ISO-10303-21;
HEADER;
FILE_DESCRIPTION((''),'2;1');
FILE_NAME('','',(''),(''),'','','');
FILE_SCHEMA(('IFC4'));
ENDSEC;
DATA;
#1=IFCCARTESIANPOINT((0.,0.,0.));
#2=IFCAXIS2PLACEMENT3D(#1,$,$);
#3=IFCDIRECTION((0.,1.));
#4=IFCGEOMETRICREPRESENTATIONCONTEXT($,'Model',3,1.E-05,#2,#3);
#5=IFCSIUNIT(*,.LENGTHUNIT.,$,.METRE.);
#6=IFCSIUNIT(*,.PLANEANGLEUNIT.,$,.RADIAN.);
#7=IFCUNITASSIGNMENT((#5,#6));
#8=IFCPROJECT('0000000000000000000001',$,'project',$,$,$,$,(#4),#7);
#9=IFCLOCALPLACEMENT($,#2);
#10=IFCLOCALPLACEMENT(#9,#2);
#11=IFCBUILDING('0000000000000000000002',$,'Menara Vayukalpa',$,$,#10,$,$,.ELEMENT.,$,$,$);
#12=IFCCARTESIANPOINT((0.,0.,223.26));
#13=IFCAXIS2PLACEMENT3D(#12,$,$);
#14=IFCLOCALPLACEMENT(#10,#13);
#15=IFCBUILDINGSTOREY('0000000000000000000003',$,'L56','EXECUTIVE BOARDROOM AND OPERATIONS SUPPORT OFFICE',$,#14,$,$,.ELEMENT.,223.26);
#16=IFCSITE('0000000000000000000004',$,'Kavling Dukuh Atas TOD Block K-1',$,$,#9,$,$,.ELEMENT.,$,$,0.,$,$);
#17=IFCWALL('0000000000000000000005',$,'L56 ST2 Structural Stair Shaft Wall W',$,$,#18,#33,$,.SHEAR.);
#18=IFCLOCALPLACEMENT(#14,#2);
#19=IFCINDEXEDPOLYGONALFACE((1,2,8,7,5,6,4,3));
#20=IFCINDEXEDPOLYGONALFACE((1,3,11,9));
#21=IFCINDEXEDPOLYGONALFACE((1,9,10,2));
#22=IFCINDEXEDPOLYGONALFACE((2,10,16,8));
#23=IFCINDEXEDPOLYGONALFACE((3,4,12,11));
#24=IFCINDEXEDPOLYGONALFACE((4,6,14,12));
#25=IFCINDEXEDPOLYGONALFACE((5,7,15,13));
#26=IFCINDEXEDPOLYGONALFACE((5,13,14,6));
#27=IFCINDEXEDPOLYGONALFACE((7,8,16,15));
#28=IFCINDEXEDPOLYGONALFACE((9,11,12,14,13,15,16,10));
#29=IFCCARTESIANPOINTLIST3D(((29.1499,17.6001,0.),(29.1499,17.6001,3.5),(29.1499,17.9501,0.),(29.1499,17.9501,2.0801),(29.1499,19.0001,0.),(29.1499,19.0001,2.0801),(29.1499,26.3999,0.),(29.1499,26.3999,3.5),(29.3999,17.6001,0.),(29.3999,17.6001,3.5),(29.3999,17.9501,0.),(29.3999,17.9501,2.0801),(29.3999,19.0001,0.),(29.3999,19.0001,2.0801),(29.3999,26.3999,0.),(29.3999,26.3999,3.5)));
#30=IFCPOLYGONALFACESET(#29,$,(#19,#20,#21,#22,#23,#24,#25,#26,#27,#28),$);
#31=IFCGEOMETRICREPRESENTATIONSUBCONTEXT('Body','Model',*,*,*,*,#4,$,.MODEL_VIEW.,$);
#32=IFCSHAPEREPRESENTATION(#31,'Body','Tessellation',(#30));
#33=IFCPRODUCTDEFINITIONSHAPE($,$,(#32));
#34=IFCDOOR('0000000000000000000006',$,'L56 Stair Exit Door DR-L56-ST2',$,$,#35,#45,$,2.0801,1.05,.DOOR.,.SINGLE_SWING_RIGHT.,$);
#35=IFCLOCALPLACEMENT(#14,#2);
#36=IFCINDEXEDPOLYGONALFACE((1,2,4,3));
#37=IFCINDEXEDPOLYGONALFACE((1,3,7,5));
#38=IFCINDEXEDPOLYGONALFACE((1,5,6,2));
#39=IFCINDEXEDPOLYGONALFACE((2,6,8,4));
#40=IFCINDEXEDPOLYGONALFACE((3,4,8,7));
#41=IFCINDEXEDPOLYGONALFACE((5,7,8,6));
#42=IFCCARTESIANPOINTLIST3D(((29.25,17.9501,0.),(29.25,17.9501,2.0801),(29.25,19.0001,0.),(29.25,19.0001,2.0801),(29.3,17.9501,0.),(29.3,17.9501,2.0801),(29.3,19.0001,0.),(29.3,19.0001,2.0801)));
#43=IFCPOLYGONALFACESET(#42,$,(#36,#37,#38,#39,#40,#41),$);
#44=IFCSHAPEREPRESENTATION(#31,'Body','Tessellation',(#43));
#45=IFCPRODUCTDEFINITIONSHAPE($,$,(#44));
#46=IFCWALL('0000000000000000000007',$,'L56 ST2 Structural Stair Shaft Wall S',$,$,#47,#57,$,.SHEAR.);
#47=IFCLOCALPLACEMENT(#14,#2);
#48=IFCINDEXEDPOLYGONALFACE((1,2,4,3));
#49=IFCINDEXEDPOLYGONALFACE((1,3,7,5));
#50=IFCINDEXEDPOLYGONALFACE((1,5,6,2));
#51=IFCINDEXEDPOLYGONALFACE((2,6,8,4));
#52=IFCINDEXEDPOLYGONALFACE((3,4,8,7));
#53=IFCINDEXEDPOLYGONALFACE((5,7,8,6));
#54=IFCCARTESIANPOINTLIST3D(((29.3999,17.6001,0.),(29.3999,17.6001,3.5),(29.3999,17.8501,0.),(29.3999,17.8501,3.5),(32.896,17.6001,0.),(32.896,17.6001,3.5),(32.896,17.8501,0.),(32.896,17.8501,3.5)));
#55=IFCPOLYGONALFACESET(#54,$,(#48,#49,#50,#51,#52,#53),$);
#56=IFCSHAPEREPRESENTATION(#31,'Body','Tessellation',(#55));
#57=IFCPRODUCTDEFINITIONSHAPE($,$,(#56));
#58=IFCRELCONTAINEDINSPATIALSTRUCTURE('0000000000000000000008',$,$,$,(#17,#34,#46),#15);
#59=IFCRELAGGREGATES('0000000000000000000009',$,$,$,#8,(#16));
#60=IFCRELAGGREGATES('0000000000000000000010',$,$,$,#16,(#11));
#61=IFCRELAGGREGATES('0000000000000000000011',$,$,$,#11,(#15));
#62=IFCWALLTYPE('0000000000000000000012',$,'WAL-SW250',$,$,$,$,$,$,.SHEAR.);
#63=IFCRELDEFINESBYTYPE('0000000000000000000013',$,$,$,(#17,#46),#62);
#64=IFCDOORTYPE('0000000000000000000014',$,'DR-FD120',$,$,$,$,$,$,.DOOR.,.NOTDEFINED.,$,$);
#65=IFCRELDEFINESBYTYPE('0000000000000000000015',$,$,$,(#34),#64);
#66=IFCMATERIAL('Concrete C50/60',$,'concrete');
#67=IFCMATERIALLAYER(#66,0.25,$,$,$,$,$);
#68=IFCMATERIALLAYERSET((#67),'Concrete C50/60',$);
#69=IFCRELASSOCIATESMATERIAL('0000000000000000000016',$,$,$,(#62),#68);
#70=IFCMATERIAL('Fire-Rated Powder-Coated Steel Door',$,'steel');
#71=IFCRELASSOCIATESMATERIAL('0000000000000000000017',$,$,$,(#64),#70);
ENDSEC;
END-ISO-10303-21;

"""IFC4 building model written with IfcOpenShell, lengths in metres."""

from ifc_helpers import new_model, si_unit, direction, frame, frame_2d, origin, place, context, subcontext, project, spatial, rectangle, extrude, material, layer, layer_set, type_object, element, fill, save


model = new_model("IFC4")

# Units and contexts
model_context = context("Model", 3, precision=1e-05, world=origin(), true_north=direction((0.0, 1.0)))
body_context = subcontext(model_context, "Body", "Model", "MODEL_VIEW")
ifc_project = project(units=[si_unit("LENGTHUNIT", "METRE"), si_unit("PLANEANGLEUNIT", "RADIAN")], contexts=[model_context])

# Site, building, storey
site_placement = place(None, origin())
site = spatial("IfcSite", under=ifc_project, at=site_placement, Name="Kavling Dukuh Atas TOD Block K-1", CompositionType="ELEMENT", RefElevation=0.0)
building_placement = place(site_placement, origin())
building = spatial("IfcBuilding", under=site, at=building_placement, Name="Menara Vayukalpa", CompositionType="ELEMENT")
storey_placement = place(building_placement, frame((0.0, 0.0, 223.26)))
storey = spatial("IfcBuildingStorey", under=building, at=storey_placement, Name="L56", Description="EXECUTIVE BOARDROOM AND OPERATIONS SUPPORT OFFICE", CompositionType="ELEMENT", Elevation=223.26)

# Wall, opening, door
ifc_material_1 = material(Name="Concrete C50/60", Category="concrete")
ifc_layer_1 = layer(ifc_material_1, 0.25)
ifc_layer_set_1 = layer_set([ifc_layer_1], Name="Concrete C50/60")
wall_type_1 = type_object("IfcWallType", Name="WAL-SW250", PredefinedType="SHEAR", material=ifc_layer_set_1)
wall_1_placement = place(storey_placement, frame((29.2749, 17.6001, 0.0), z_axis=(0.0, 0.0, 1.0), x_axis=(0.0, 1.0, 0.0)))
wall_1 = element("IfcWall", 1, at=wall_1_placement, inside=storey, type_object=wall_type_1, Name="L56 ST2 Structural Stair Shaft Wall W", PredefinedType="SHEAR", context=body_context, shape_type="SweptSolid", body=[
    extrude(rectangle(XDim=8.7998, YDim=0.25, at=frame_2d((4.3999, 0.0))), origin(), (0.0, 0.0, 1.0), 3.5),
])
opening_1_placement = place(wall_1_placement, frame((0.3501, 0.0, 0.0)))
opening_1 = element("IfcOpeningElement", 2, at=opening_1_placement, cuts=wall_1, PredefinedType="OPENING", context=body_context, shape_type="SweptSolid", body=[
    extrude(rectangle(XDim=1.05, YDim=2.0801, at=frame_2d((0.5249, 1.04))), frame((0.0, 0.135, 0.0), z_axis=(0.0, -1.0, 0.0), x_axis=(1.0, 0.0, 0.0)), (0.0, 0.0, 1.0), 0.27),
])
ifc_material_2 = material(Name="Fire-Rated Powder-Coated Steel Door", Category="steel")
door_type_1 = type_object("IfcDoorType", Name="DR-FD120", OperationType="NOTDEFINED", PredefinedType="DOOR", material=ifc_material_2)
door_1_placement = place(opening_1_placement, origin())
door_1 = element("IfcDoor", 3, at=door_1_placement, inside=storey, type_object=door_type_1, Name="L56 Stair Exit Door DR-L56-ST2", OperationType="SINGLE_SWING_RIGHT", OverallHeight=2.0801, OverallWidth=1.05, PredefinedType="DOOR", context=body_context, shape_type="SweptSolid", body=[
    extrude(rectangle(XDim=1.05, YDim=2.0801, at=frame_2d((0.5249, 1.04))), frame((0.0, 0.0249, 0.0), z_axis=(0.0, -1.0, 0.0), x_axis=(1.0, 0.0, 0.0)), (0.0, 0.0, 1.0), 0.05),
])
fill(opening_1, door_1)

# Wall
wall_2_placement = place(storey_placement, frame((29.3999, 17.7251, 0.0), z_axis=(0.0, 0.0, 1.0), x_axis=(1.0, 0.0, 0.0)))
element("IfcWall", 4, at=wall_2_placement, inside=storey, type_object=wall_type_1, Name="L56 ST2 Structural Stair Shaft Wall S", PredefinedType="SHEAR", context=body_context, shape_type="SweptSolid", body=[
    extrude(rectangle(XDim=3.4961, YDim=0.25, at=frame_2d((1.748, 0.0))), origin(), (0.0, 0.0, 1.0), 3.5),
])

save(model, "model.ifc")
